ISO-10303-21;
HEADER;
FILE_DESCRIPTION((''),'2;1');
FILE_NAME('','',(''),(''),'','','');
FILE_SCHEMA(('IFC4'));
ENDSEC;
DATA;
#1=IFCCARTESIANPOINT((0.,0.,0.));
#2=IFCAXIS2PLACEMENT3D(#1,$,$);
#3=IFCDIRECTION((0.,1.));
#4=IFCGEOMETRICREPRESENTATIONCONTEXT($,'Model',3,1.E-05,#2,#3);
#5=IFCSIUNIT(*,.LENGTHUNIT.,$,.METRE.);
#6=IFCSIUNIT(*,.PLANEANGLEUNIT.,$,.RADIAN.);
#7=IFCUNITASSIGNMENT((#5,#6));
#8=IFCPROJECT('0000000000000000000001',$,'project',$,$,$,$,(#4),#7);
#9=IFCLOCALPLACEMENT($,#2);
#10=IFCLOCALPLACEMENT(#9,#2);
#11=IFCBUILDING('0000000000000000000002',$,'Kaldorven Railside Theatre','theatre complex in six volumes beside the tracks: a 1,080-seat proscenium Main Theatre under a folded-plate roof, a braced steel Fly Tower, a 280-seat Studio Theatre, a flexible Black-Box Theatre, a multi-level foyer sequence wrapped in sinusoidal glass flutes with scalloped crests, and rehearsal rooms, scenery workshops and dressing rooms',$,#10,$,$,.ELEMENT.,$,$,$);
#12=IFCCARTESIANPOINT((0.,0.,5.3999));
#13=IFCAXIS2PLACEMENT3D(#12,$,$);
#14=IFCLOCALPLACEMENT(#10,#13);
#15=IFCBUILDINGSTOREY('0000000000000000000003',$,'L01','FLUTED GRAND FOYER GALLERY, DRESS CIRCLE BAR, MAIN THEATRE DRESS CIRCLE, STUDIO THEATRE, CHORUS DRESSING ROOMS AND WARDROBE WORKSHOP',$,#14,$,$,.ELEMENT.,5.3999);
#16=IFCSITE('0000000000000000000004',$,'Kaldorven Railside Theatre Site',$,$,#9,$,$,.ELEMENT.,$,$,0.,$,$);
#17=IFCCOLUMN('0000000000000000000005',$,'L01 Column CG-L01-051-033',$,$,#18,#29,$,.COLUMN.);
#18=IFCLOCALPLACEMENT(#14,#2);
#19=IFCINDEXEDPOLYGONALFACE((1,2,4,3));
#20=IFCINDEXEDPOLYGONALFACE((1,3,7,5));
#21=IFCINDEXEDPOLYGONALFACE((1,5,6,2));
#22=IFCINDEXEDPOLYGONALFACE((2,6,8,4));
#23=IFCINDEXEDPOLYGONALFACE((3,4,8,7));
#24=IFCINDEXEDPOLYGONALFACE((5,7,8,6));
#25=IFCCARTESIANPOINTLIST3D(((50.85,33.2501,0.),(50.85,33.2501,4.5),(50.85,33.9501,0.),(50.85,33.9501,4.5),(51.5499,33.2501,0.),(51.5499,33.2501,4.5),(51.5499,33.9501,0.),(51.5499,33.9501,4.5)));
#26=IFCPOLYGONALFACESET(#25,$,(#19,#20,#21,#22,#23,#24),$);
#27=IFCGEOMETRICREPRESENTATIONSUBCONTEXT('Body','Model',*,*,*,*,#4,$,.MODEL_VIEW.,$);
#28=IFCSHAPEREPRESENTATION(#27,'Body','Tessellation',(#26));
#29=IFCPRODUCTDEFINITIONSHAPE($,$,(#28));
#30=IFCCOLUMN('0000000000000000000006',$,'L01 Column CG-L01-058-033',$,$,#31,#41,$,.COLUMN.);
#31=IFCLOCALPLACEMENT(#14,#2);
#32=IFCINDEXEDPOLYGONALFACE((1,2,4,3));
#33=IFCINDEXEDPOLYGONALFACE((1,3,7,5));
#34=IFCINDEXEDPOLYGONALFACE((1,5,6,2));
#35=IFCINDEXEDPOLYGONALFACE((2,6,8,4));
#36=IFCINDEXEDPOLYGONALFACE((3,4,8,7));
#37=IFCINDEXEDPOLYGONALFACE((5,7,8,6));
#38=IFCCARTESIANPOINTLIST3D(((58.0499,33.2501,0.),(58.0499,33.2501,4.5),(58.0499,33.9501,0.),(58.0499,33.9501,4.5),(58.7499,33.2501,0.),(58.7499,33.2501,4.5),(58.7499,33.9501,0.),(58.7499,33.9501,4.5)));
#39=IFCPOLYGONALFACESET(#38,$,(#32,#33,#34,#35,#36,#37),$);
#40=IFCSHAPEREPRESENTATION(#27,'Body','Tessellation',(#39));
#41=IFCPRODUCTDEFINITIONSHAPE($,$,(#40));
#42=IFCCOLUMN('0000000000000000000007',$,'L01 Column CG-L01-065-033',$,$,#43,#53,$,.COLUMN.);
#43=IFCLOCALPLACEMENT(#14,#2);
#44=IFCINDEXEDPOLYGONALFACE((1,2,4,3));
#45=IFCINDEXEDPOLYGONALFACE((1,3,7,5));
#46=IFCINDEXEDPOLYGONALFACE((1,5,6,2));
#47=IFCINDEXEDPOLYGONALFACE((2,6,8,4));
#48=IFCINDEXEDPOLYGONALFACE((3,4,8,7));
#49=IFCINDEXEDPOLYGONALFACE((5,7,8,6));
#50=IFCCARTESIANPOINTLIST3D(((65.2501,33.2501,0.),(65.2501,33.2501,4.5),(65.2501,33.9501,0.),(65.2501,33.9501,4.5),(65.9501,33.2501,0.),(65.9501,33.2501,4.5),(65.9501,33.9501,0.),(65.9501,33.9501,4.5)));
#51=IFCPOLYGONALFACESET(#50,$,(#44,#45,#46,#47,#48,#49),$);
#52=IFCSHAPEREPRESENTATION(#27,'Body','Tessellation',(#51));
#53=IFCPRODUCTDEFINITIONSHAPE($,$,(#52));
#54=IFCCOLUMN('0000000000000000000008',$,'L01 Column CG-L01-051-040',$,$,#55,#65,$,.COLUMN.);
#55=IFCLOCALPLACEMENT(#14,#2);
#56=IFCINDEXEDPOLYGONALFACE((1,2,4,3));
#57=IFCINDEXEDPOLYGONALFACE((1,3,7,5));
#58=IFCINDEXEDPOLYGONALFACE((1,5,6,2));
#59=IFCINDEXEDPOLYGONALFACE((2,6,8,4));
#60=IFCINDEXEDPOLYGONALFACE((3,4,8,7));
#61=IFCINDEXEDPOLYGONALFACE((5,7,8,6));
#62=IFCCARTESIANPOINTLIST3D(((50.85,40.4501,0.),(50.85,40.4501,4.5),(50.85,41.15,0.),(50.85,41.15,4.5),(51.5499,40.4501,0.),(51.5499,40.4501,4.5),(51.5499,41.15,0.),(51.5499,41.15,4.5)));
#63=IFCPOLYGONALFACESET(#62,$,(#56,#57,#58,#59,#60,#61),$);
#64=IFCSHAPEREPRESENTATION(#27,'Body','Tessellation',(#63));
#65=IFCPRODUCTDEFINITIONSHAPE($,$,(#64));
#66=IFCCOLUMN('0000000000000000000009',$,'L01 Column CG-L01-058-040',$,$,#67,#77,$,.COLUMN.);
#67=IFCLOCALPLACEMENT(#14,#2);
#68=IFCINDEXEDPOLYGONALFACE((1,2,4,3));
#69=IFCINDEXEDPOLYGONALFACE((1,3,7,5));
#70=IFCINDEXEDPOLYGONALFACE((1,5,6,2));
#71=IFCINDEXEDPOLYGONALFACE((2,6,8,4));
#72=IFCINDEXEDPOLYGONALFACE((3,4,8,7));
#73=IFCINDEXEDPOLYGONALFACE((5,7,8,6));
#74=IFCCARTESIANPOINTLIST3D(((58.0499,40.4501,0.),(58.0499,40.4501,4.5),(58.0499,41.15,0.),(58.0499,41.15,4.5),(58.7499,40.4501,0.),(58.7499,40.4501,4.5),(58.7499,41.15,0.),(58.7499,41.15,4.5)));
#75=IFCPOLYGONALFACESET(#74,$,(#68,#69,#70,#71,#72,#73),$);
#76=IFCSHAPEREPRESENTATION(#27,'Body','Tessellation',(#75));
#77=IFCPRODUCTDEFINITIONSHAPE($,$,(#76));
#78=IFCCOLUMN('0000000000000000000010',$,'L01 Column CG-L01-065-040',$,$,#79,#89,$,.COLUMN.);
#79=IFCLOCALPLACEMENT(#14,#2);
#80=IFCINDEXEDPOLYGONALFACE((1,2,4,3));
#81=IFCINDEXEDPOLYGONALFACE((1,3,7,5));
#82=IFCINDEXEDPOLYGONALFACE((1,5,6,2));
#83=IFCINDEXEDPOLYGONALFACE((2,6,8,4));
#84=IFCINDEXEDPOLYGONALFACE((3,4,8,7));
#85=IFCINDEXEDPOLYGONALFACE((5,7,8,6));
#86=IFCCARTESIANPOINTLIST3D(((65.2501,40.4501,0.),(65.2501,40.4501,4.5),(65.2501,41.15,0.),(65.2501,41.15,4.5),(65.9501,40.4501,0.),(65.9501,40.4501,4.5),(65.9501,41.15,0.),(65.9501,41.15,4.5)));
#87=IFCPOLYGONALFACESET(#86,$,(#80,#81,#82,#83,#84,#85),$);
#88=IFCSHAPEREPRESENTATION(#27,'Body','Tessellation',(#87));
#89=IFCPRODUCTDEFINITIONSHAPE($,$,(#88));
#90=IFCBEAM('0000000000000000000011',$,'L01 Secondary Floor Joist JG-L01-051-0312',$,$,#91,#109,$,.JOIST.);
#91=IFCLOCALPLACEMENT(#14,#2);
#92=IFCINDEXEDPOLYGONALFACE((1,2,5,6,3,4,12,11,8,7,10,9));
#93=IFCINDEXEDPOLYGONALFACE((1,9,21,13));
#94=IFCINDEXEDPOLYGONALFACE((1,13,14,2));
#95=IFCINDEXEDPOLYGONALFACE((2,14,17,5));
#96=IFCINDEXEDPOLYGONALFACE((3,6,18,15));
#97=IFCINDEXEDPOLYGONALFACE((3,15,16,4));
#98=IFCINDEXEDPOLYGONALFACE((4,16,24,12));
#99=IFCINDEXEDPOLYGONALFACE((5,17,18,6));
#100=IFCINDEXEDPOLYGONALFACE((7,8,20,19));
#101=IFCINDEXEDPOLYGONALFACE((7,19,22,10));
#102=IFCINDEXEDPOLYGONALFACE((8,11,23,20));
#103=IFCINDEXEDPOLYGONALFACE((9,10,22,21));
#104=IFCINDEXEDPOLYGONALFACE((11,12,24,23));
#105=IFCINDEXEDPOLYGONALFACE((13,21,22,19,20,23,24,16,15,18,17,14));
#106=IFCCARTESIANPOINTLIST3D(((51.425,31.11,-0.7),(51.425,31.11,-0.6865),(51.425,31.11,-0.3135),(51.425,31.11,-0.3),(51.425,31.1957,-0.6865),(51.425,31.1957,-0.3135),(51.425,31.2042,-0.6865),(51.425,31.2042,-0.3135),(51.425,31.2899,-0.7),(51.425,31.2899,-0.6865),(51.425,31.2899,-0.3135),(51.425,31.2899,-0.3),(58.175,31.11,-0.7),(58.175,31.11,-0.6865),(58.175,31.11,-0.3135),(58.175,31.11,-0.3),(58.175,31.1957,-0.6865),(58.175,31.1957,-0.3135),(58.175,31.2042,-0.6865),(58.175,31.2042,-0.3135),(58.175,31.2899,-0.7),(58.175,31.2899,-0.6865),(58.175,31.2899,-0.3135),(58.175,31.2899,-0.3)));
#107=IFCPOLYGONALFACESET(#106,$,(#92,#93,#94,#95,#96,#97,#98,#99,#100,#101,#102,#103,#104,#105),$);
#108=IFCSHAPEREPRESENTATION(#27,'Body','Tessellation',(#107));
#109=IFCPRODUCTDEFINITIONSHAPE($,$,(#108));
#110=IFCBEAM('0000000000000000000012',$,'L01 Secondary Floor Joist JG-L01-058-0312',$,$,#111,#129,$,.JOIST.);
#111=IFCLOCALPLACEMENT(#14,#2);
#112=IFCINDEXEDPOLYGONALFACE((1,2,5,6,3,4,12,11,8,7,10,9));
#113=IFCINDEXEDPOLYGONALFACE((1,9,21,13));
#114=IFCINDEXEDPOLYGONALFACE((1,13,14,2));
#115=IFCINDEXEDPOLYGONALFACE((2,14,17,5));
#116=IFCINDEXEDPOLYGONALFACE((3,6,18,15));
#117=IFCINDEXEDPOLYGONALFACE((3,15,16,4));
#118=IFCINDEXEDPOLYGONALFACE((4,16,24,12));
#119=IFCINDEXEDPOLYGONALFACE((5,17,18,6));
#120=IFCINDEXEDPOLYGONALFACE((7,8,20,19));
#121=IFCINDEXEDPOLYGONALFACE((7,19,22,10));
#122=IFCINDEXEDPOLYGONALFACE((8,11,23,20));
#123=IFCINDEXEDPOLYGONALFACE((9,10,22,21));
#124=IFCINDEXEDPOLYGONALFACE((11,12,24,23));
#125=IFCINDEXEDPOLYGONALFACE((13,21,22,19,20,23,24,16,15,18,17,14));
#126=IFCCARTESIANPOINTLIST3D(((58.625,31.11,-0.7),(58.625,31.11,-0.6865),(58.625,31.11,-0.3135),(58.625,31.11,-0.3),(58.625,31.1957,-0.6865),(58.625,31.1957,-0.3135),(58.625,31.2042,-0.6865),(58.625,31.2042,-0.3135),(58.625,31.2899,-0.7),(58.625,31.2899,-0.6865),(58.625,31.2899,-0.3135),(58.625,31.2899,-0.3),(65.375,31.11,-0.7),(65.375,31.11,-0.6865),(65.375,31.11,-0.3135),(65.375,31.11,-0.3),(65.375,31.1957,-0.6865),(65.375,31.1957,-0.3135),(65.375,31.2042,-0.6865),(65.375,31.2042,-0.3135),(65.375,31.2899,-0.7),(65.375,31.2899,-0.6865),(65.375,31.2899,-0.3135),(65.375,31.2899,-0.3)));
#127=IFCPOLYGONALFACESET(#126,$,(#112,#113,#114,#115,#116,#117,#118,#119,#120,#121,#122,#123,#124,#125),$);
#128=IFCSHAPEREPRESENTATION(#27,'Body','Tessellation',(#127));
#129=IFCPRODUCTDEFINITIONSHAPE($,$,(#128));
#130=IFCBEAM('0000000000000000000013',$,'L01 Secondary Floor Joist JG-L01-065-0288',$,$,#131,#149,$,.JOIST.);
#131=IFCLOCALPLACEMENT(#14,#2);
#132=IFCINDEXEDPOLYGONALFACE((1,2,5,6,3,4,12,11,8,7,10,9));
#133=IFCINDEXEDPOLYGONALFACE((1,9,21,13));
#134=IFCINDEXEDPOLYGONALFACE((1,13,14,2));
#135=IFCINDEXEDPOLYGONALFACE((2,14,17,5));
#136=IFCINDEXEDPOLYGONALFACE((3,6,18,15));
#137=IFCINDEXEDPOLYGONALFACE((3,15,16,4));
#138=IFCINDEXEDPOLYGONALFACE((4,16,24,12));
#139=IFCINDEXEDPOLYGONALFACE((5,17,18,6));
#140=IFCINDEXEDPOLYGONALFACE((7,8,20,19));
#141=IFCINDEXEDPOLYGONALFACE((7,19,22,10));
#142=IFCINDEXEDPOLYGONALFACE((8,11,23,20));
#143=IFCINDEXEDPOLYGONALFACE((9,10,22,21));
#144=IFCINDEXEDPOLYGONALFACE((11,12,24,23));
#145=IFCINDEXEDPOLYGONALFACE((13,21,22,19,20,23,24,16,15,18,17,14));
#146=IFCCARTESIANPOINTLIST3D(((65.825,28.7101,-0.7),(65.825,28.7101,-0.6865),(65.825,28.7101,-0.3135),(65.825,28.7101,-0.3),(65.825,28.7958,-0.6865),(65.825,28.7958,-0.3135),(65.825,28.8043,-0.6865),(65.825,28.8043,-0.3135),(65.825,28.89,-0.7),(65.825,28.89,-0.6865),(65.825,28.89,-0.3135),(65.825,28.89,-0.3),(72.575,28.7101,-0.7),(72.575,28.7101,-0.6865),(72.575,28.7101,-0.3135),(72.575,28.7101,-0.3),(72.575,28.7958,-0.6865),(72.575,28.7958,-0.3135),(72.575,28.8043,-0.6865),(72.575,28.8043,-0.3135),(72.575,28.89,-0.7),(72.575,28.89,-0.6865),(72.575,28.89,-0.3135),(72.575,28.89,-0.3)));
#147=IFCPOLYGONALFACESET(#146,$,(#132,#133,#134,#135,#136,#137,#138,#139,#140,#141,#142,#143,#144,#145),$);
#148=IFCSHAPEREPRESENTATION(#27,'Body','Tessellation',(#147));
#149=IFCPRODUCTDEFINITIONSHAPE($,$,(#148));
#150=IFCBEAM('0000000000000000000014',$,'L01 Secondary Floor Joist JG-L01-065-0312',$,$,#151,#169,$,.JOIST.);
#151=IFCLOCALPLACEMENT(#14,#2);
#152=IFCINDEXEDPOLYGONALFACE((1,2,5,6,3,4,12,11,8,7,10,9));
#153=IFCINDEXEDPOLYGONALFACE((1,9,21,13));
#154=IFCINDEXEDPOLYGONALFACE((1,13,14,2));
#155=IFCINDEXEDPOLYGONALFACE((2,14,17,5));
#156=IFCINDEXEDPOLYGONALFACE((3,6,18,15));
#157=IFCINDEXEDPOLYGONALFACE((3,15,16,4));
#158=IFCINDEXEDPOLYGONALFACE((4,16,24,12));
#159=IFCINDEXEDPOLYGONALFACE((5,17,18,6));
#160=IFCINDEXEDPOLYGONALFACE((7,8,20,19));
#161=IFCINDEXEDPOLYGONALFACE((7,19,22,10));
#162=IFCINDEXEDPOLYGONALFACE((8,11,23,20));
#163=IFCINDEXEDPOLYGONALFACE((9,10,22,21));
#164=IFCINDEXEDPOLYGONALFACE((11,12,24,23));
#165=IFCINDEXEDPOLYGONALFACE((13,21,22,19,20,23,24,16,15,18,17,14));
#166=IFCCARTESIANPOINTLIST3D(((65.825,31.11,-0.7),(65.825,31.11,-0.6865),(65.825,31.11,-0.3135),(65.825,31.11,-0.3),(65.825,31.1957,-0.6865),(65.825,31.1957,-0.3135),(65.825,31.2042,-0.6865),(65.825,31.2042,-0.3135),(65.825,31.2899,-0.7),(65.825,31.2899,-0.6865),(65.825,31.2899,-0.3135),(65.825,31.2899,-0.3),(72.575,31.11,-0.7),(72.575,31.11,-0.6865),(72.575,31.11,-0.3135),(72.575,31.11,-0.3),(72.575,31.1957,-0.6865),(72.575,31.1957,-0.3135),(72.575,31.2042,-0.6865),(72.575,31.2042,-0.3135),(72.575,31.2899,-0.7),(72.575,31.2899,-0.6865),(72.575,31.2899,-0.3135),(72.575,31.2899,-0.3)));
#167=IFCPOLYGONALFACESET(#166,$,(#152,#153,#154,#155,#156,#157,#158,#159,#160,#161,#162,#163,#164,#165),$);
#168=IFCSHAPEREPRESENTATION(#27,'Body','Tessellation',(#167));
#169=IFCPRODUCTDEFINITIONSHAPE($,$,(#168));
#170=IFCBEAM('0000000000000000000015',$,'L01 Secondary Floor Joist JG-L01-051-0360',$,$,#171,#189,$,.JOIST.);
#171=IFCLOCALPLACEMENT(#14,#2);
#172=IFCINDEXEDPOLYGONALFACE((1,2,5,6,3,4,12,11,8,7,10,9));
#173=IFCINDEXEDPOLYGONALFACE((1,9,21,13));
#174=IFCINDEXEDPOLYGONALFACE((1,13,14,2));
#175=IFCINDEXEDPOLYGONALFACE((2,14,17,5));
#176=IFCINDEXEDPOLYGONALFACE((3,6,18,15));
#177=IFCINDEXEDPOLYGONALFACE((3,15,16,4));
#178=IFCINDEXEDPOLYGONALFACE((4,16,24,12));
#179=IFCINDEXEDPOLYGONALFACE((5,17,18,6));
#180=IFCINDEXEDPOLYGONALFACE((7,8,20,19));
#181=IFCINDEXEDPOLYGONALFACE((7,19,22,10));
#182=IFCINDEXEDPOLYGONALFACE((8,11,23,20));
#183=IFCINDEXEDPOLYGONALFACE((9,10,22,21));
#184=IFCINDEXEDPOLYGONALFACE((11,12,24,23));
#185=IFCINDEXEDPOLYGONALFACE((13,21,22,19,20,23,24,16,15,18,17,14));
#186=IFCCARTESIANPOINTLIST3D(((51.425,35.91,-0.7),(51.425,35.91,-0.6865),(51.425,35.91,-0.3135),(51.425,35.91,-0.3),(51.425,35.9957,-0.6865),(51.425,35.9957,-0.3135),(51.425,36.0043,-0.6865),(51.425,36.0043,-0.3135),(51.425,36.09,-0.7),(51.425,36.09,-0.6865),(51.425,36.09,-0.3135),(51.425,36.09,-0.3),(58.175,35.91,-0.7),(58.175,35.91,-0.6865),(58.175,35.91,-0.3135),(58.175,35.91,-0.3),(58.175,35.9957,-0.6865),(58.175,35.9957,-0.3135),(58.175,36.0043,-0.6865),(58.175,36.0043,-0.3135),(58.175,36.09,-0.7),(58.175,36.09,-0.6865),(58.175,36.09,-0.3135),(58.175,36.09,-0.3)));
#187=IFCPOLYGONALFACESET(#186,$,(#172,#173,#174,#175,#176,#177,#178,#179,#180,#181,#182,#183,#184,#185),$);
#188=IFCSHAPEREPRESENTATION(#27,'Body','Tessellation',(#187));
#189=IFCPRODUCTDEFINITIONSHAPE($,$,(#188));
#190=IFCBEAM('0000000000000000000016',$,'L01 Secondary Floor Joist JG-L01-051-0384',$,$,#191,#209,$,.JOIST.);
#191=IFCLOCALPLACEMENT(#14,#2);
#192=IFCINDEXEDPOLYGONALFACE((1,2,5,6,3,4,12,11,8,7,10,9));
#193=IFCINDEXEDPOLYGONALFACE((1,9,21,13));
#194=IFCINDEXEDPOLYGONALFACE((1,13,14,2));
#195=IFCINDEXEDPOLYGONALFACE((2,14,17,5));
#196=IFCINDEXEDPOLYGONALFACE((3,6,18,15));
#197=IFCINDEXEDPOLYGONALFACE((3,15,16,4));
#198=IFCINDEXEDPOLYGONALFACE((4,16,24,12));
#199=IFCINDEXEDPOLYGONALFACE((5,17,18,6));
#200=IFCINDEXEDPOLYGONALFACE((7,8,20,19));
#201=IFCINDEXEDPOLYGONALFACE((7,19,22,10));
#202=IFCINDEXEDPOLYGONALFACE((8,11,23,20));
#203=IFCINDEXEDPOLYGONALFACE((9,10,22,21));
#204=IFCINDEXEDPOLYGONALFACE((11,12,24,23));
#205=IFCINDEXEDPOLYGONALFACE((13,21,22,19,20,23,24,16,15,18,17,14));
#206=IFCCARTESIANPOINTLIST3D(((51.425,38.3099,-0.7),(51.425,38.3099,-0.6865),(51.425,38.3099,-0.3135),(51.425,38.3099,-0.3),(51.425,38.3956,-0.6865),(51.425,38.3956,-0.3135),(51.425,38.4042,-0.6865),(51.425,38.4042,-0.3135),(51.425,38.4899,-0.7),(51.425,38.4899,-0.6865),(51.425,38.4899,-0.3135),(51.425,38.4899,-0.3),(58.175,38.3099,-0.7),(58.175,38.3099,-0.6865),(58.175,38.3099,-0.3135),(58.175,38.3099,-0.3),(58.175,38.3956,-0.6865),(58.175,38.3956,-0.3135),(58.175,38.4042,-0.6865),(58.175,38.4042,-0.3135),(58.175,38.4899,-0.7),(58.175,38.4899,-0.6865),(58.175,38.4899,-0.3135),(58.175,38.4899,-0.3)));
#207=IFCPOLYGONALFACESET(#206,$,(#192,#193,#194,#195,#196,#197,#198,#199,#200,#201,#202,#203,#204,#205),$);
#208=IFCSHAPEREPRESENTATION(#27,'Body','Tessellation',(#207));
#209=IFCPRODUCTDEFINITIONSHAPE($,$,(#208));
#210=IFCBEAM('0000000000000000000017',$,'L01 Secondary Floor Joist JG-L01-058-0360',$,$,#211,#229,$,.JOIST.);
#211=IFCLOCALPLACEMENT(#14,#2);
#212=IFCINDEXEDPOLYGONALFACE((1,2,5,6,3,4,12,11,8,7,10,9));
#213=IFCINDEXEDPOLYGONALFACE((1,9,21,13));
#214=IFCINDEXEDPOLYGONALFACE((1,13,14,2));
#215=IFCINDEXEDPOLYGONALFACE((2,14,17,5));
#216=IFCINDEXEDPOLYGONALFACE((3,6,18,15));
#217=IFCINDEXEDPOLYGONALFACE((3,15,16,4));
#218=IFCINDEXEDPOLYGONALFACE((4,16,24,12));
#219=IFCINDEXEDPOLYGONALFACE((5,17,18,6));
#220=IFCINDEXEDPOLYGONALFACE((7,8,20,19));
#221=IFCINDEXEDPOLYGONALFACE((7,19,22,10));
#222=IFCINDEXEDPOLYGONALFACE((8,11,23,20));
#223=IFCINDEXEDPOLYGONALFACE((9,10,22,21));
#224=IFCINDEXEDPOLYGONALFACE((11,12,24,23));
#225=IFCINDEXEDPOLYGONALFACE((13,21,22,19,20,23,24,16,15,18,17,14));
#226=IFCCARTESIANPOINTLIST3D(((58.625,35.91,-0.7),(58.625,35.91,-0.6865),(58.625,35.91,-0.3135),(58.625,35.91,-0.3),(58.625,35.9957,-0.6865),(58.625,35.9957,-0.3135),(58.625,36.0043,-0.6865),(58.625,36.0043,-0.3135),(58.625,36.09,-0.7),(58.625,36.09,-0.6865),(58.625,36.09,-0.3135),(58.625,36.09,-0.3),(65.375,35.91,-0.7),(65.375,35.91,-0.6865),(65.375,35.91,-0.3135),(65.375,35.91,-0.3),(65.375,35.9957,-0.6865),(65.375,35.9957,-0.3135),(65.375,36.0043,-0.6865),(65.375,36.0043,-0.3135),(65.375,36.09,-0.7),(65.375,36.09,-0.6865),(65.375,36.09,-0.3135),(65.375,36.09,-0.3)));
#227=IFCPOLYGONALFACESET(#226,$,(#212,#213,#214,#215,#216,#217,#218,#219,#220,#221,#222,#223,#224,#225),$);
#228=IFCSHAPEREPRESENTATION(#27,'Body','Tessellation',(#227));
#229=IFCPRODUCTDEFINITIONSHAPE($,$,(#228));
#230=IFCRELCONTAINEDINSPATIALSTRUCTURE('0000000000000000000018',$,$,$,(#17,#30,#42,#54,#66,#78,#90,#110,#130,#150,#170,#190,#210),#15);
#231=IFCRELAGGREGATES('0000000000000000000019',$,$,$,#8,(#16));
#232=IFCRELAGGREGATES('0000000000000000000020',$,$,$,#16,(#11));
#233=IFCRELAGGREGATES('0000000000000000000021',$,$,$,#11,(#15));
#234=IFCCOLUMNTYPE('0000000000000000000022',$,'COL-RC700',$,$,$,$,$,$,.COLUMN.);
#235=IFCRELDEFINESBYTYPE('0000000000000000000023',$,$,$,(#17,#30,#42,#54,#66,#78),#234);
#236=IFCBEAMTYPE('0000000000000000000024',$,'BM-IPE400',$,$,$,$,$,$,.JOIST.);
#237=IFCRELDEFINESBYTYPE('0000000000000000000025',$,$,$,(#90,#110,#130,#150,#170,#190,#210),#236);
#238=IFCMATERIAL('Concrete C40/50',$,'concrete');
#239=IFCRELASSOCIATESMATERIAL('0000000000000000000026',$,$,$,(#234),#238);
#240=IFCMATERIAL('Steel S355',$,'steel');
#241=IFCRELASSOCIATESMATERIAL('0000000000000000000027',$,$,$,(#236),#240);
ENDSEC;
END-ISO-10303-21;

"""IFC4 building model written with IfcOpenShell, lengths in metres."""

from ifc_helpers import new_model, si_unit, direction, frame, origin, origin_2d, place, context, subcontext, project, spatial, rectangle, i_section, extrude, material, material_profile, profile_set, type_object, element, save


model = new_model("IFC4")

# Units and contexts
model_context = context("Model", 3, precision=1e-05, world=origin(), true_north=direction((0.0, 1.0)))
body_context = subcontext(model_context, "Body", "Model", "MODEL_VIEW")
ifc_project = project(units=[si_unit("LENGTHUNIT", "METRE"), si_unit("PLANEANGLEUNIT", "RADIAN")], contexts=[model_context])

# Site, building, storey
site_placement = place(None, origin())
site = spatial("IfcSite", under=ifc_project, at=site_placement, Name="Kaldorven Railside Theatre Site", CompositionType="ELEMENT", RefElevation=0.0)
building_placement = place(site_placement, origin())
building = spatial("IfcBuilding", under=site, at=building_placement, Name="Kaldorven Railside Theatre", Description="theatre complex in six volumes beside the tracks: a 1,080-seat proscenium Main Theatre under a folded-plate roof, a braced steel Fly Tower, a 280-seat Studio Theatre, a flexible Black-Box Theatre, a multi-level foyer sequence wrapped in sinusoidal glass flutes with scalloped crests, and rehearsal rooms, scenery workshops and dressing rooms", CompositionType="ELEMENT")
storey_placement = place(building_placement, frame((0.0, 0.0, 5.3999)))
storey = spatial("IfcBuildingStorey", under=building, at=storey_placement, Name="L01", Description="FLUTED GRAND FOYER GALLERY, DRESS CIRCLE BAR, MAIN THEATRE DRESS CIRCLE, STUDIO THEATRE, CHORUS DRESSING ROOMS AND WARDROBE WORKSHOP", CompositionType="ELEMENT", Elevation=5.3999)

# Columns
ifc_material_1 = material(Name="Concrete C40/50", Category="concrete")
ifc_material_profile_1 = material_profile(ifc_material_1, rectangle(XDim=0.7, YDim=0.7, at=origin_2d()), Name="RC 700x700")
ifc_profile_set_1 = profile_set([ifc_material_profile_1], Name="Concrete C40/50")
column_type = type_object("IfcColumnType", Name="COL-RC700", PredefinedType="COLUMN", material=ifc_profile_set_1)
for number, where, z_axis, x_axis, name in (
    (1, (51.2, 33.6001, 0.0), (0.0, 0.0, 1.0), (1.0, 0.0, 0.0), "L01 Column CG-L01-051-033"),
    (2, (58.3999, 33.6001, 0.0), (0.0, 0.0, 1.0), (1.0, 0.0, 0.0), "L01 Column CG-L01-058-033"),
    (3, (65.6001, 33.6001, 0.0), (0.0, 0.0, 1.0), (0.0, 1.0, 0.0), "L01 Column CG-L01-065-033"),
    (4, (51.2, 40.8, 0.0), (0.0, 0.0, 1.0), (1.0, 0.0, 0.0), "L01 Column CG-L01-051-040"),
    (5, (58.3999, 40.8, 0.0), (0.0, 0.0, 1.0), (0.0, 1.0, 0.0), "L01 Column CG-L01-058-040"),
    (6, (65.6001, 40.8, 0.0), (0.0, 0.0, 1.0), (1.0, 0.0, 0.0), "L01 Column CG-L01-065-040"),
):
    element("IfcColumn", number, at=place(storey_placement, frame(where, z_axis=z_axis, x_axis=x_axis)), inside=storey, type_object=column_type, Name=name, PredefinedType="COLUMN", context=body_context, shape_type="SweptSolid", body=[
        extrude(rectangle(XDim=0.7, YDim=0.7, at=origin_2d()), origin(), (0.0, 0.0, 1.0), 4.5),
    ])

# Beams
ifc_material_2 = material(Name="Steel S355", Category="steel")
ifc_material_profile_2 = material_profile(ifc_material_2, i_section(OverallWidth=0.1799, OverallDepth=0.3999, WebThickness=0.0085, FlangeThickness=0.0134, at=origin_2d()), Name="IPE 400")
ifc_profile_set_2 = profile_set([ifc_material_profile_2], Name="Steel S355")
beam_type_1 = type_object("IfcBeamType", Name="BM-IPE400", PredefinedType="JOIST", material=ifc_profile_set_2)
for number, where, z_axis, x_axis, name in (
    (7, (51.425, 31.2, -0.5), (1.0, 0.0, 0.0), (0.0, 1.0, 0.0), "L01 Secondary Floor Joist JG-L01-051-0312"),
    (8, (58.625, 31.2, -0.5), (1.0, 0.0, 0.0), (0.0, 1.0, 0.0), "L01 Secondary Floor Joist JG-L01-058-0312"),
    (9, (65.825, 28.8, -0.5), (1.0, 0.0, 0.0), (0.0, 1.0, 0.0), "L01 Secondary Floor Joist JG-L01-065-0288"),
    (10, (65.825, 31.2, -0.5), (1.0, 0.0, 0.0), (0.0, 1.0, 0.0), "L01 Secondary Floor Joist JG-L01-065-0312"),
    (11, (51.425, 36.0, -0.5), (1.0, 0.0, 0.0), (0.0, 1.0, 0.0), "L01 Secondary Floor Joist JG-L01-051-0360"),
    (12, (51.425, 38.3999, -0.5), (1.0, 0.0, 0.0), (0.0, 1.0, 0.0), "L01 Secondary Floor Joist JG-L01-051-0384"),
    (13, (58.625, 36.0, -0.5), (1.0, 0.0, 0.0), (0.0, 1.0, 0.0), "L01 Secondary Floor Joist JG-L01-058-0360"),
):
    element("IfcBeam", number, at=place(storey_placement, frame(where, z_axis=z_axis, x_axis=x_axis)), inside=storey, type_object=beam_type_1, Name=name, PredefinedType="JOIST", context=body_context, shape_type="SweptSolid", body=[
        extrude(i_section(OverallWidth=0.1799, OverallDepth=0.3999, WebThickness=0.0085, FlangeThickness=0.0134, at=origin_2d()), origin(), (0.0, 0.0, 1.0), 6.75),
    ])

save(model, "model.ifc")
